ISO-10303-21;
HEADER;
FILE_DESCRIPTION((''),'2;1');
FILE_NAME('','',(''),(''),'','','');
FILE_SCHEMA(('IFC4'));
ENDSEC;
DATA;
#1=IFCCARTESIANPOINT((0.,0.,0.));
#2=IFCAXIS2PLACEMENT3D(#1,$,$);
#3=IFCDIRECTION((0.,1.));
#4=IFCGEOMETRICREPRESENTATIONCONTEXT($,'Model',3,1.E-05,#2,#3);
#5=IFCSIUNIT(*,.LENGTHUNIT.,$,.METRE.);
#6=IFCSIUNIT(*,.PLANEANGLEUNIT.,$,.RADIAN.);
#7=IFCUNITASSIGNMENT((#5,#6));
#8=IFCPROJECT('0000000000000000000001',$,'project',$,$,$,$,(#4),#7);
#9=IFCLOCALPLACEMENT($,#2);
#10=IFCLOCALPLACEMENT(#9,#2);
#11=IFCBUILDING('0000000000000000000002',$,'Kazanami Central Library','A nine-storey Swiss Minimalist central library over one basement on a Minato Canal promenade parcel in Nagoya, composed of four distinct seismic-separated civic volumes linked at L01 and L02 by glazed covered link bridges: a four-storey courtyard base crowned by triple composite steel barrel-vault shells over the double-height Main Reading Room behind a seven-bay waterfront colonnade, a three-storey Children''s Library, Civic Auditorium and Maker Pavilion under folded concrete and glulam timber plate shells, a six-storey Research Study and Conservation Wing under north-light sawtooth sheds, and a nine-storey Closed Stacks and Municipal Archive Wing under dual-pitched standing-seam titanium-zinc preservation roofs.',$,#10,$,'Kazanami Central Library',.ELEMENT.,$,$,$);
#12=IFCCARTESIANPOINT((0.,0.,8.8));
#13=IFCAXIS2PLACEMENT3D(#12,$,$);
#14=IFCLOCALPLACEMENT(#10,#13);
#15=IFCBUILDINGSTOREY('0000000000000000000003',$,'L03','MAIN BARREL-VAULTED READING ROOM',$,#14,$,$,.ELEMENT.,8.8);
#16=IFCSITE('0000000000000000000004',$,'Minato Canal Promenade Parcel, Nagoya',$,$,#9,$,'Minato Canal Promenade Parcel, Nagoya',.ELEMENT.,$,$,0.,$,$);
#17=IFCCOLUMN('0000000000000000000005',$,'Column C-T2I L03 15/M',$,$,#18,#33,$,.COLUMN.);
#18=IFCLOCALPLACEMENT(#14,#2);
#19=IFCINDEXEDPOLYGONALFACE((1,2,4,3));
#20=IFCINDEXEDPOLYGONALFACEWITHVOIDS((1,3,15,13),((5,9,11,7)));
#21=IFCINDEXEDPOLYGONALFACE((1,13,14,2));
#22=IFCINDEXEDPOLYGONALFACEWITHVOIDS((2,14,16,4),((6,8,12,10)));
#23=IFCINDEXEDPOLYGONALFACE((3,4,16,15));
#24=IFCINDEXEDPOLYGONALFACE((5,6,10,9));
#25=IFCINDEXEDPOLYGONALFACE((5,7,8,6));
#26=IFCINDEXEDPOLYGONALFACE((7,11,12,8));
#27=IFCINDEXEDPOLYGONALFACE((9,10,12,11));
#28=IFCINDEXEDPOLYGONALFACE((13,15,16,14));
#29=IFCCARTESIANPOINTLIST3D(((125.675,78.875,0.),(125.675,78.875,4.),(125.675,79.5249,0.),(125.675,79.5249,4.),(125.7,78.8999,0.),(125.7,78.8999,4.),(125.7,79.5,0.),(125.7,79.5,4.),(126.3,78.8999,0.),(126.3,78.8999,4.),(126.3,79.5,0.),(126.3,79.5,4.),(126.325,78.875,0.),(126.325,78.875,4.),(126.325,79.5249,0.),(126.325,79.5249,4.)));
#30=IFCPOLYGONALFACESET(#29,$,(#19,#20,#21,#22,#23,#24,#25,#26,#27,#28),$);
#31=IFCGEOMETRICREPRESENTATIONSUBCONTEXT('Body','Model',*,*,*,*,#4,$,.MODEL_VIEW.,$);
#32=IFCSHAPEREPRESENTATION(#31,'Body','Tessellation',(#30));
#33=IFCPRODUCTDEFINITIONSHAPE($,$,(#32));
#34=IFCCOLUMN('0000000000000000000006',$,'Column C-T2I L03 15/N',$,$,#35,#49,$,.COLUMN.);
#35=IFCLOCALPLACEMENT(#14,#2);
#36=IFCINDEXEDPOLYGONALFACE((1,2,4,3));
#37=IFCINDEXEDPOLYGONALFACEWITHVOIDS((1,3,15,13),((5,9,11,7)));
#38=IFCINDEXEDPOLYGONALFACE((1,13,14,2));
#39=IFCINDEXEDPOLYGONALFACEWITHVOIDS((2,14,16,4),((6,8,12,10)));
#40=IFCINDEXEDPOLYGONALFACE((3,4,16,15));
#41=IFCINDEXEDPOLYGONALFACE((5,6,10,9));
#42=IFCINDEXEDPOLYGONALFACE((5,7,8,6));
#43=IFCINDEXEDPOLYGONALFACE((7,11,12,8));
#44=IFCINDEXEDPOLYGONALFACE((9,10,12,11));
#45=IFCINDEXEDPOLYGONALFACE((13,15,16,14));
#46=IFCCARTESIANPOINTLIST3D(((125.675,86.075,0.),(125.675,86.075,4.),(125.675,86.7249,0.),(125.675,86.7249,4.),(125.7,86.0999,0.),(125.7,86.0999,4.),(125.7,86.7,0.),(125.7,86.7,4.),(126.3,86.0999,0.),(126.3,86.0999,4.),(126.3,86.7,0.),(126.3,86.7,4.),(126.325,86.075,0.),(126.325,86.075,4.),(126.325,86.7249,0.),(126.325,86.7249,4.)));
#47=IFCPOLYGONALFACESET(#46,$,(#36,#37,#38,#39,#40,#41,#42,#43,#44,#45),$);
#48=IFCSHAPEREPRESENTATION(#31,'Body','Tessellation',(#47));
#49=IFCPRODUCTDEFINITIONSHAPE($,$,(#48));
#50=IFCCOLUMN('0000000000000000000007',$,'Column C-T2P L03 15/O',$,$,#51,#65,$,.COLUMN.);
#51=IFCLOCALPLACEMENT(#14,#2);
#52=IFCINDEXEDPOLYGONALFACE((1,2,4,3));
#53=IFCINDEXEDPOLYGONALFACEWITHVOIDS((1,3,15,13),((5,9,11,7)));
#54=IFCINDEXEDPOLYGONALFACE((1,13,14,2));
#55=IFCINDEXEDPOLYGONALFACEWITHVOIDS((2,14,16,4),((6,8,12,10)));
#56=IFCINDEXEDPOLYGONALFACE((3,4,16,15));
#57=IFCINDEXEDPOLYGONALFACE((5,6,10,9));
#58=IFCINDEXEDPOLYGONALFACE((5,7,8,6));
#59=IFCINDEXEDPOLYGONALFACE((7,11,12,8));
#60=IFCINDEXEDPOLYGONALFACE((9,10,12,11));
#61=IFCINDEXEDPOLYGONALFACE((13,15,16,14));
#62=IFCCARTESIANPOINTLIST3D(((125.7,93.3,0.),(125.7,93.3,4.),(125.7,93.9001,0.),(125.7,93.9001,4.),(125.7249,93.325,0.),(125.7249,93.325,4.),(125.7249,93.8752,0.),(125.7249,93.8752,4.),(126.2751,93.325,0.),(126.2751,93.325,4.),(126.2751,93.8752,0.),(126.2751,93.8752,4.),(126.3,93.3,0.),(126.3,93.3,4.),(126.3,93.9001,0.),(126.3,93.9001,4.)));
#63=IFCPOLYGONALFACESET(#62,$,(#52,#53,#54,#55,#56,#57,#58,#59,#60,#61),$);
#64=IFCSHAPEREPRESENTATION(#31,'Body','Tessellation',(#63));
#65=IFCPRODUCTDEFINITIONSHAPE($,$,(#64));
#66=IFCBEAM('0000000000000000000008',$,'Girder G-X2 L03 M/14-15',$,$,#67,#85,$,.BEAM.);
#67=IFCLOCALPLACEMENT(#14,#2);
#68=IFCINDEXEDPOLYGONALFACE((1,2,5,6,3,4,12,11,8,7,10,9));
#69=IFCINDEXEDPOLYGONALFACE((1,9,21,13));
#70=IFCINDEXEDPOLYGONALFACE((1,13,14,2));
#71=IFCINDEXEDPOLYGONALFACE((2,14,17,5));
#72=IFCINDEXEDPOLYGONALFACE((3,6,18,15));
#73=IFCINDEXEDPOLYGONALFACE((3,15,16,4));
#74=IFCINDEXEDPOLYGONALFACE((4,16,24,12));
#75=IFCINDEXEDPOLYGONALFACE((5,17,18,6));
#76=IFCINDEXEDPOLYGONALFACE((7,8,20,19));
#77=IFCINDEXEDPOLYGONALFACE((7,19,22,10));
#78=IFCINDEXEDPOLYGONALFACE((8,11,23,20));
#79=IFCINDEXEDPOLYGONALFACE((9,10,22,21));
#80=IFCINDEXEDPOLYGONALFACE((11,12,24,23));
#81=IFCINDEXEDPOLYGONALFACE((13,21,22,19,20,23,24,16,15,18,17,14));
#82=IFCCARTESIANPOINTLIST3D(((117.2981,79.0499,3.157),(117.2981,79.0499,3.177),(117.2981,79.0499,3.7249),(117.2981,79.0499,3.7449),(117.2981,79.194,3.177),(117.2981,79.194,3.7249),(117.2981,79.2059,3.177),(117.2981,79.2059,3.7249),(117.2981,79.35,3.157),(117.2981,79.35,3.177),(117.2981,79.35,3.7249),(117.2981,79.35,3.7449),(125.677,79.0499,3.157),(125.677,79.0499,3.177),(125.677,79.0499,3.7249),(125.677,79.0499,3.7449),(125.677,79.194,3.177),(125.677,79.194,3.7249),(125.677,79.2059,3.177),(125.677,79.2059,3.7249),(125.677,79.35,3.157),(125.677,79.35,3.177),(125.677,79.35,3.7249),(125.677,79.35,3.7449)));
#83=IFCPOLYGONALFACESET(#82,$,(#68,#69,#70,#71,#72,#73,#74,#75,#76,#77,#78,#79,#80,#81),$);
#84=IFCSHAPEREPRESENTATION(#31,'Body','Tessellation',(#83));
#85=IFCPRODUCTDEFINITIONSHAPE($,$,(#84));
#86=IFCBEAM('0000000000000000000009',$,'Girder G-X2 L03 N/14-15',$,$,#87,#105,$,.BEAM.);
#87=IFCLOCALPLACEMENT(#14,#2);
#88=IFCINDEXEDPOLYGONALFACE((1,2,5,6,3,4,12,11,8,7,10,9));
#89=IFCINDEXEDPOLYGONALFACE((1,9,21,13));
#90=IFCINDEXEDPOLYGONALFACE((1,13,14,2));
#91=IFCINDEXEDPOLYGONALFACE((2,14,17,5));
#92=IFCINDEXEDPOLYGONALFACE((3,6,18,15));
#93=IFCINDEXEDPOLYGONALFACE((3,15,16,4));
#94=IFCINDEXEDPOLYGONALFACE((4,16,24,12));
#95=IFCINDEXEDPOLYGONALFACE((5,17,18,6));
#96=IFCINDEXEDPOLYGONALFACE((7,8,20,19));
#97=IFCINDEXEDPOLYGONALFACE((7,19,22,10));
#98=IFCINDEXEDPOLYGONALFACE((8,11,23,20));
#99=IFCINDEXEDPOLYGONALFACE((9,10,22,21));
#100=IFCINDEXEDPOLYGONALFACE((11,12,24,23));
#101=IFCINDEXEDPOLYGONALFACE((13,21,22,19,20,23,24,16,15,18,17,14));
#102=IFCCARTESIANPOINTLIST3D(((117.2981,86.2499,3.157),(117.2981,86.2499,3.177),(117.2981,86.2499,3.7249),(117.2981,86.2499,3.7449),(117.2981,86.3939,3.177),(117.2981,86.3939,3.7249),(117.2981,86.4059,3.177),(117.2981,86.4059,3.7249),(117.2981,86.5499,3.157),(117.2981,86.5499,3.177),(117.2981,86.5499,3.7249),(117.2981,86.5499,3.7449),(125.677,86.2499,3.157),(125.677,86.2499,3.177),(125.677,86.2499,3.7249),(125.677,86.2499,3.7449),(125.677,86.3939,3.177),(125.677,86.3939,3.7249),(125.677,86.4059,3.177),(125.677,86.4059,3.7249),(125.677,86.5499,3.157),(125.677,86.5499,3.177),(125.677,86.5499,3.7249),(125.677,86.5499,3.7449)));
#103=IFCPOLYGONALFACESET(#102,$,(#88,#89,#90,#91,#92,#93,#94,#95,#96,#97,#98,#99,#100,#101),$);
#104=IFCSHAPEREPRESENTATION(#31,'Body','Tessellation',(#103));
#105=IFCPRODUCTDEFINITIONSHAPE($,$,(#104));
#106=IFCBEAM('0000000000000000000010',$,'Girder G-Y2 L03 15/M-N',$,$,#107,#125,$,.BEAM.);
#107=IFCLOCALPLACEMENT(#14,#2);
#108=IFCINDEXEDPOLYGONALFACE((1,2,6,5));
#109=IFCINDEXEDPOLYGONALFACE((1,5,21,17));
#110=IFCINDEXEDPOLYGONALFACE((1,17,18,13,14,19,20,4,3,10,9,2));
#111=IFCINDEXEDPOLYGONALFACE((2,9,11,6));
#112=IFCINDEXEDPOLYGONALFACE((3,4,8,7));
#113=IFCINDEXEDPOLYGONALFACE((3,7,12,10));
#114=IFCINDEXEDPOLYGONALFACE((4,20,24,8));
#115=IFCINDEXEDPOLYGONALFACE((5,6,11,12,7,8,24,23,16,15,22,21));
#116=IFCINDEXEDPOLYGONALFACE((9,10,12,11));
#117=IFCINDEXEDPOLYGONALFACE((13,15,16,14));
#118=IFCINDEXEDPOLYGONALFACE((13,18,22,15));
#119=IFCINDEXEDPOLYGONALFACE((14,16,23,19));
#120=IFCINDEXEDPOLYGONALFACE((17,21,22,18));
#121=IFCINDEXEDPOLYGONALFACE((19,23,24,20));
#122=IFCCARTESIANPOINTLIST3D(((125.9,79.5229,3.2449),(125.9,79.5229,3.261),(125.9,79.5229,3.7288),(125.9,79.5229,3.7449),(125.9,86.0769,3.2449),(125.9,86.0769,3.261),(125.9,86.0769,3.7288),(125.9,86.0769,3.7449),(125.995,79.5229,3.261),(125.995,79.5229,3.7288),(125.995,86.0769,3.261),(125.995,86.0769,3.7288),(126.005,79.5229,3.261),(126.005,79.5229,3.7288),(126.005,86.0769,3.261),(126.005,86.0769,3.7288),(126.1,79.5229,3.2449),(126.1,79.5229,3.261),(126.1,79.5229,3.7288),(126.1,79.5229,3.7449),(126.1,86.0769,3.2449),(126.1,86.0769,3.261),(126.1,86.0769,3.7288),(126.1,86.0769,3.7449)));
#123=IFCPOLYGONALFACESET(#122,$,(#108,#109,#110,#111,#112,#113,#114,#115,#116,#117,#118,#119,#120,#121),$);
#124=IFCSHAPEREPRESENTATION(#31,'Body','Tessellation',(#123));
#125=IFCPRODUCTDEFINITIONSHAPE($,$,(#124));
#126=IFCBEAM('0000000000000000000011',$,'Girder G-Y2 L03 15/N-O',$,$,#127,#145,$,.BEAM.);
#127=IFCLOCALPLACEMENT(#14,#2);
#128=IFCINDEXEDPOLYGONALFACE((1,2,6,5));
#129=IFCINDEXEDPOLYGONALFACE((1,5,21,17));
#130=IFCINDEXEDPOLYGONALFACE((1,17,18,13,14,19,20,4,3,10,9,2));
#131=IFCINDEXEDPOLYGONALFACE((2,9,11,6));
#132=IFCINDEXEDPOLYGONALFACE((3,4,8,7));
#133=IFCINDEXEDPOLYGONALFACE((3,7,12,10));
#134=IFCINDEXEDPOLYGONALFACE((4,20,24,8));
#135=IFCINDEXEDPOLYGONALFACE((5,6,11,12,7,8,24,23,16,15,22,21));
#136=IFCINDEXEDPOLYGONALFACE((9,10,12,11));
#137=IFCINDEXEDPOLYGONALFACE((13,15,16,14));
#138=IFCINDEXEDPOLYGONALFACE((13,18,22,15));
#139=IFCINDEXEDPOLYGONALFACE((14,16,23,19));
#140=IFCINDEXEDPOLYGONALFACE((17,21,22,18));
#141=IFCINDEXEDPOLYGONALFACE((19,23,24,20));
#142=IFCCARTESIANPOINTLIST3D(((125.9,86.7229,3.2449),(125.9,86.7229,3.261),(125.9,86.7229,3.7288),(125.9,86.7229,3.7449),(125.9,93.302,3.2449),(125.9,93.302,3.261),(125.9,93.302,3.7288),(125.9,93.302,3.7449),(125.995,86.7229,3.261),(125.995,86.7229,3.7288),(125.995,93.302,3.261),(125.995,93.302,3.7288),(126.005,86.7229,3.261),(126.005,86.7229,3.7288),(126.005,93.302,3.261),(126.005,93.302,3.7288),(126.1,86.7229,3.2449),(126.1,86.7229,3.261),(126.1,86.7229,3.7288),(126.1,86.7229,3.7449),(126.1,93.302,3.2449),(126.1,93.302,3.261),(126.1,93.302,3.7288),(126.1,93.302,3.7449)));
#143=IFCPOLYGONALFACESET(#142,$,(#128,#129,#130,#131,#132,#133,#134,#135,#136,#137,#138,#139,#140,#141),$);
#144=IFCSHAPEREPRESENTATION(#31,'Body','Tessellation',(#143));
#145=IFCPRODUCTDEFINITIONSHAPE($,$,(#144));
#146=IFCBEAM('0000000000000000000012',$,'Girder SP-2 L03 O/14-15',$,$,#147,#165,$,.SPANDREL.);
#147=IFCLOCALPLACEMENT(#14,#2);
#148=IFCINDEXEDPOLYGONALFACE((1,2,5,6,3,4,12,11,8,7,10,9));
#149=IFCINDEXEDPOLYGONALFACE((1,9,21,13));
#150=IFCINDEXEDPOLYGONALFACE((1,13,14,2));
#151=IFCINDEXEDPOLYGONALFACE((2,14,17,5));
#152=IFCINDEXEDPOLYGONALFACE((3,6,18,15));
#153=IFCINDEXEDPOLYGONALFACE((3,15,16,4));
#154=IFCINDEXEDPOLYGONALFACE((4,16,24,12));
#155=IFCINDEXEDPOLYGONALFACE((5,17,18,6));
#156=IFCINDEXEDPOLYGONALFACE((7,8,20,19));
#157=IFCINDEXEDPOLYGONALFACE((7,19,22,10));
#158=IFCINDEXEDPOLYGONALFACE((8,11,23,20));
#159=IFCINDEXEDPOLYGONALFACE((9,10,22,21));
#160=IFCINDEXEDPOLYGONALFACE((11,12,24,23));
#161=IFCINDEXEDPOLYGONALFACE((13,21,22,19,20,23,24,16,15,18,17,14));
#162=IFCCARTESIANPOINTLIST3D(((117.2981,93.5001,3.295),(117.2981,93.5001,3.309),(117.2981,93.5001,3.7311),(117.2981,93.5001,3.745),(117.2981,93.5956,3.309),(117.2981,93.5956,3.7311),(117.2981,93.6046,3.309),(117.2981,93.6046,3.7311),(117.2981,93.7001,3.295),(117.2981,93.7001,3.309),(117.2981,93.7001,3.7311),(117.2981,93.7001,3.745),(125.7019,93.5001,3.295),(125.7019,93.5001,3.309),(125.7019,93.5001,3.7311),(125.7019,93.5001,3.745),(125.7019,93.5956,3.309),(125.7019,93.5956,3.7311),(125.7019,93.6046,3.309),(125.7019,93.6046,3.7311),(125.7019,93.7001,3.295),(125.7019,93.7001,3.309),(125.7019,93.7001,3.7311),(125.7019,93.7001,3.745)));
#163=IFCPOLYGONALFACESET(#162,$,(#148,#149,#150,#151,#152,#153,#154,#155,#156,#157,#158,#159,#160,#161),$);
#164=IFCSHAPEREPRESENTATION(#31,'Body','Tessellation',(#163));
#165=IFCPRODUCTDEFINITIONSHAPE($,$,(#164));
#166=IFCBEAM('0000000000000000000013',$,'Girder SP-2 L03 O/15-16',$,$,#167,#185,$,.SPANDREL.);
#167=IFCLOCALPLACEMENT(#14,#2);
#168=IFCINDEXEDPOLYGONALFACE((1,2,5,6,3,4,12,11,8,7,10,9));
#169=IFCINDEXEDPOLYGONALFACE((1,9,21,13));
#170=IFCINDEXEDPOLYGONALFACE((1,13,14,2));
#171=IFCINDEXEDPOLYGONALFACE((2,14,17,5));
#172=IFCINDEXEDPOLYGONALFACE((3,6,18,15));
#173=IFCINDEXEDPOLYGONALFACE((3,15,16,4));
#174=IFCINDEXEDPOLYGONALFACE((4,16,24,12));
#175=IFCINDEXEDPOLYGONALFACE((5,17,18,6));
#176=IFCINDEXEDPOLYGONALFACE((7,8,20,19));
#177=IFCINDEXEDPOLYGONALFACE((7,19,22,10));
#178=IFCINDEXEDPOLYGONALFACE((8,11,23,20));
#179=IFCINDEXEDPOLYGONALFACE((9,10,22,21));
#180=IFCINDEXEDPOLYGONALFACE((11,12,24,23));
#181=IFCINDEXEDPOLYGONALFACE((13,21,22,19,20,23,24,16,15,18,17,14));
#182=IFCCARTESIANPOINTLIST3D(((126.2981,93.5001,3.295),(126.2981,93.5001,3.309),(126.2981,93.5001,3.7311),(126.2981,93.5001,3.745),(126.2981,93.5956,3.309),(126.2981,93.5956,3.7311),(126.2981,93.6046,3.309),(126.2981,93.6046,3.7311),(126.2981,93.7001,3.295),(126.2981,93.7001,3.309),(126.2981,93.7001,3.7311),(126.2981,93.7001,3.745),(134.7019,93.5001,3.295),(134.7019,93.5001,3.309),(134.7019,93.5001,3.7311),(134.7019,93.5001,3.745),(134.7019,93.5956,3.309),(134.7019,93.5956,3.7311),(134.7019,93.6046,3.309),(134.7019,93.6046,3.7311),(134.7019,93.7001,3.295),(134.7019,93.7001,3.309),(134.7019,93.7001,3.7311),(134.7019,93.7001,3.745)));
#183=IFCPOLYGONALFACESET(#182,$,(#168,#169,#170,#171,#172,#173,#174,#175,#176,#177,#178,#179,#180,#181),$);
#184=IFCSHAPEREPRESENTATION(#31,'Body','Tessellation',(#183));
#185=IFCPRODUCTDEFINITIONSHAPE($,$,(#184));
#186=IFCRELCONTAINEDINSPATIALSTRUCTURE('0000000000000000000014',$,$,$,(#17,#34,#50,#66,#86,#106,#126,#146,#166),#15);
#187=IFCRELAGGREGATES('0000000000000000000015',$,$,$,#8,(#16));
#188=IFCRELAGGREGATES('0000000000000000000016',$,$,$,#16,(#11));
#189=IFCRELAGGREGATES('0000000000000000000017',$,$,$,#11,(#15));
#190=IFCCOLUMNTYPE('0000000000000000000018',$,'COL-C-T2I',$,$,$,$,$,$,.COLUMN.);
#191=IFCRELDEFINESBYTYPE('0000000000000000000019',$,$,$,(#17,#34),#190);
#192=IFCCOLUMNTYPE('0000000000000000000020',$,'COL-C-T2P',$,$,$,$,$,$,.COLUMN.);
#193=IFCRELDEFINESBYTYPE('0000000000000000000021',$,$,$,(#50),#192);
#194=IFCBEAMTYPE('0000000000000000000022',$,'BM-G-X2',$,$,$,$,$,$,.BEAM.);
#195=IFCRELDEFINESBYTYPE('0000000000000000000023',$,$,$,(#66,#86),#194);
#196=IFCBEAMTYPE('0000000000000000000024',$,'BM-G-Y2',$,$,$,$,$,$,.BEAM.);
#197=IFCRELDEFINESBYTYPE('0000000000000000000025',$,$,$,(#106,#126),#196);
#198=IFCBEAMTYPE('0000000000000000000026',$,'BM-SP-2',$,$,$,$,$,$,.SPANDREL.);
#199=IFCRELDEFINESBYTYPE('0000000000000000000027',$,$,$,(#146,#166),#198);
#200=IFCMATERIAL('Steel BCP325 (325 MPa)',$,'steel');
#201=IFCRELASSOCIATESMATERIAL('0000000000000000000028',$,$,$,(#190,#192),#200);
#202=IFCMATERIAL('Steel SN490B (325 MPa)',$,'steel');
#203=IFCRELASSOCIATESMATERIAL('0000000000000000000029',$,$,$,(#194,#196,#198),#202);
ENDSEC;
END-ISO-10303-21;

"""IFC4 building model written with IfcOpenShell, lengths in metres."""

from ifc_helpers import new_model, si_unit, direction, frame, origin, origin_2d, place, context, subcontext, project, spatial, hollow_rectangle, i_section, extrude, material, material_profile, profile_set, type_object, element, save


model = new_model("IFC4")

# Units and contexts
model_context = context("Model", 3, precision=1e-05, world=origin(), true_north=direction((0.0, 1.0)))
body_context = subcontext(model_context, "Body", "Model", "MODEL_VIEW")
ifc_project = project(units=[si_unit("LENGTHUNIT", "METRE"), si_unit("PLANEANGLEUNIT", "RADIAN")], contexts=[model_context])

# Site, building, storey
site_placement = place(None, origin())
site = spatial("IfcSite", under=ifc_project, at=site_placement, Name="Minato Canal Promenade Parcel, Nagoya", LongName="Minato Canal Promenade Parcel, Nagoya", CompositionType="ELEMENT", RefElevation=0.0)
building_placement = place(site_placement, origin())
building = spatial("IfcBuilding", under=site, at=building_placement, Name="Kazanami Central Library", Description="A nine-storey Swiss Minimalist central library over one basement on a Minato Canal promenade parcel in Nagoya, composed of four distinct seismic-separated civic volumes linked at L01 and L02 by glazed covered link bridges: a four-storey courtyard base crowned by triple composite steel barrel-vault shells over the double-height Main Reading Room behind a seven-bay waterfront colonnade, a three-storey Children's Library, Civic Auditorium and Maker Pavilion under folded concrete and glulam timber plate shells, a six-storey Research Study and Conservation Wing under north-light sawtooth sheds, and a nine-storey Closed Stacks and Municipal Archive Wing under dual-pitched standing-seam titanium-zinc preservation roofs.", LongName="Kazanami Central Library", CompositionType="ELEMENT")
storey_placement = place(building_placement, frame((0.0, 0.0, 8.8)))
storey = spatial("IfcBuildingStorey", under=building, at=storey_placement, Name="L03", Description="MAIN BARREL-VAULTED READING ROOM", CompositionType="ELEMENT", Elevation=8.8)

# Columns
ifc_material_1 = material(Name="Steel BCP325 (325 MPa)", Category="steel")
ifc_material_profile_1 = material_profile(ifc_material_1, hollow_rectangle(XDim=0.6499, YDim=0.6499, WallThickness=0.0249, at=origin_2d()), Name="BCP-650x650x25")
ifc_profile_set_1 = profile_set([ifc_material_profile_1], Name="Steel BCP325 (325 MPa)")
column_type_1 = type_object("IfcColumnType", Name="COL-C-T2I", PredefinedType="COLUMN", material=ifc_profile_set_1)
for number, where, z_axis, x_axis, name in (
    (1, (126.0, 79.2, 0.0), (0.0, 0.0, 1.0), (1.0, 0.0, 0.0), "Column C-T2I L03 15/M"),
    (2, (126.0, 86.3999, 0.0), (0.0, 0.0, 1.0), (1.0, 0.0, 0.0), "Column C-T2I L03 15/N"),
):
    element("IfcColumn", number, at=place(storey_placement, frame(where, z_axis=z_axis, x_axis=x_axis)), inside=storey, type_object=column_type_1, Name=name, PredefinedType="COLUMN", context=body_context, shape_type="SweptSolid", body=[
        extrude(hollow_rectangle(XDim=0.6499, YDim=0.6499, WallThickness=0.0249, at=origin_2d()), origin(), (0.0, 0.0, 1.0), 4.0),
    ])
ifc_material_profile_2 = material_profile(ifc_material_1, hollow_rectangle(XDim=0.6001, YDim=0.6001, WallThickness=0.0249, at=origin_2d()), Name="BCP-600x600x25")
ifc_profile_set_2 = profile_set([ifc_material_profile_2], Name="Steel BCP325 (325 MPa)")
column_type_2 = type_object("IfcColumnType", Name="COL-C-T2P", PredefinedType="COLUMN", material=ifc_profile_set_2)
column_placement = place(storey_placement, frame((126.0, 93.6001, 0.0), z_axis=(0.0, 0.0, 1.0), x_axis=(1.0, 0.0, 0.0)))
element("IfcColumn", 3, at=column_placement, inside=storey, type_object=column_type_2, Name="Column C-T2P L03 15/O", PredefinedType="COLUMN", context=body_context, shape_type="SweptSolid", body=[
    extrude(hollow_rectangle(XDim=0.6001, YDim=0.6001, WallThickness=0.0249, at=origin_2d()), origin(), (0.0, 0.0, 1.0), 4.0),
])

# Beams
ifc_material_2 = material(Name="Steel SN490B (325 MPa)", Category="steel")
ifc_material_profile_3 = material_profile(ifc_material_2, i_section(OverallWidth=0.3, OverallDepth=0.5879, WebThickness=0.012, FlangeThickness=0.02, at=origin_2d()), Name="H-588x300x12x20")
ifc_profile_set_3 = profile_set([ifc_material_profile_3], Name="Steel SN490B (325 MPa)")
beam_type_1 = type_object("IfcBeamType", Name="BM-G-X2", PredefinedType="BEAM", material=ifc_profile_set_3)
for number, where, z_axis, x_axis, name in (
    (4, (117.2981, 79.2, 3.4509), (1.0, 0.0, 0.0), (0.0, 1.0, 0.0), "Girder G-X2 L03 M/14-15"),
    (5, (117.2981, 86.3999, 3.4509), (1.0, 0.0, 0.0), (0.0, 1.0, 0.0), "Girder G-X2 L03 N/14-15"),
):
    element("IfcBeam", number, at=place(storey_placement, frame(where, z_axis=z_axis, x_axis=x_axis)), inside=storey, type_object=beam_type_1, Name=name, PredefinedType="BEAM", context=body_context, shape_type="SweptSolid", body=[
        extrude(i_section(OverallWidth=0.3, OverallDepth=0.5879, WebThickness=0.012, FlangeThickness=0.02, at=origin_2d()), origin(), (0.0, 0.0, 1.0), 8.3789),
    ])
ifc_material_profile_4 = material_profile(ifc_material_2, i_section(OverallWidth=0.2, OverallDepth=0.5, WebThickness=0.01, FlangeThickness=0.0161, at=origin_2d()), Name="H-500x200x10x16")
ifc_profile_set_4 = profile_set([ifc_material_profile_4], Name="Steel SN490B (325 MPa)")
beam_type_2 = type_object("IfcBeamType", Name="BM-G-Y2", PredefinedType="BEAM", material=ifc_profile_set_4)
beam_1_placement = place(storey_placement, frame((126.0, 79.5229, 3.4949), z_axis=(0.0, 1.0, 0.0), x_axis=(-1.0, 0.0, 0.0)))
element("IfcBeam", 6, at=beam_1_placement, inside=storey, type_object=beam_type_2, Name="Girder G-Y2 L03 15/M-N", PredefinedType="BEAM", context=body_context, shape_type="SweptSolid", body=[
    extrude(i_section(OverallWidth=0.2, OverallDepth=0.5, WebThickness=0.01, FlangeThickness=0.0161, at=origin_2d()), origin(), (0.0, 0.0, 1.0), 6.554),
])
beam_2_placement = place(storey_placement, frame((126.0, 86.7229, 3.4949), z_axis=(0.0, 1.0, 0.0), x_axis=(-1.0, 0.0, 0.0)))
element("IfcBeam", 7, at=beam_2_placement, inside=storey, type_object=beam_type_2, Name="Girder G-Y2 L03 15/N-O", PredefinedType="BEAM", context=body_context, shape_type="SweptSolid", body=[
    extrude(i_section(OverallWidth=0.2, OverallDepth=0.5, WebThickness=0.01, FlangeThickness=0.0161, at=origin_2d()), origin(), (0.0, 0.0, 1.0), 6.5791),
])
ifc_material_profile_5 = material_profile(ifc_material_2, i_section(OverallWidth=0.2, OverallDepth=0.45, WebThickness=0.009, FlangeThickness=0.0139, at=origin_2d()), Name="H-450x200x9x14")
ifc_profile_set_5 = profile_set([ifc_material_profile_5], Name="Steel SN490B (325 MPa)")
beam_type_3 = type_object("IfcBeamType", Name="BM-SP-2", PredefinedType="SPANDREL", material=ifc_profile_set_5)
for number, where, z_axis, x_axis, name in (
    (8, (117.2981, 93.6001, 3.52), (1.0, 0.0, 0.0), (0.0, 1.0, 0.0), "Girder SP-2 L03 O/14-15"),
    (9, (126.2981, 93.6001, 3.52), (1.0, 0.0, 0.0), (0.0, 1.0, 0.0), "Girder SP-2 L03 O/15-16"),
):
    element("IfcBeam", number, at=place(storey_placement, frame(where, z_axis=z_axis, x_axis=x_axis)), inside=storey, type_object=beam_type_3, Name=name, PredefinedType="SPANDREL", context=body_context, shape_type="SweptSolid", body=[
        extrude(i_section(OverallWidth=0.2, OverallDepth=0.45, WebThickness=0.009, FlangeThickness=0.0139, at=origin_2d()), origin(), (0.0, 0.0, 1.0), 8.4038),
    ])

save(model, "model.ifc")
